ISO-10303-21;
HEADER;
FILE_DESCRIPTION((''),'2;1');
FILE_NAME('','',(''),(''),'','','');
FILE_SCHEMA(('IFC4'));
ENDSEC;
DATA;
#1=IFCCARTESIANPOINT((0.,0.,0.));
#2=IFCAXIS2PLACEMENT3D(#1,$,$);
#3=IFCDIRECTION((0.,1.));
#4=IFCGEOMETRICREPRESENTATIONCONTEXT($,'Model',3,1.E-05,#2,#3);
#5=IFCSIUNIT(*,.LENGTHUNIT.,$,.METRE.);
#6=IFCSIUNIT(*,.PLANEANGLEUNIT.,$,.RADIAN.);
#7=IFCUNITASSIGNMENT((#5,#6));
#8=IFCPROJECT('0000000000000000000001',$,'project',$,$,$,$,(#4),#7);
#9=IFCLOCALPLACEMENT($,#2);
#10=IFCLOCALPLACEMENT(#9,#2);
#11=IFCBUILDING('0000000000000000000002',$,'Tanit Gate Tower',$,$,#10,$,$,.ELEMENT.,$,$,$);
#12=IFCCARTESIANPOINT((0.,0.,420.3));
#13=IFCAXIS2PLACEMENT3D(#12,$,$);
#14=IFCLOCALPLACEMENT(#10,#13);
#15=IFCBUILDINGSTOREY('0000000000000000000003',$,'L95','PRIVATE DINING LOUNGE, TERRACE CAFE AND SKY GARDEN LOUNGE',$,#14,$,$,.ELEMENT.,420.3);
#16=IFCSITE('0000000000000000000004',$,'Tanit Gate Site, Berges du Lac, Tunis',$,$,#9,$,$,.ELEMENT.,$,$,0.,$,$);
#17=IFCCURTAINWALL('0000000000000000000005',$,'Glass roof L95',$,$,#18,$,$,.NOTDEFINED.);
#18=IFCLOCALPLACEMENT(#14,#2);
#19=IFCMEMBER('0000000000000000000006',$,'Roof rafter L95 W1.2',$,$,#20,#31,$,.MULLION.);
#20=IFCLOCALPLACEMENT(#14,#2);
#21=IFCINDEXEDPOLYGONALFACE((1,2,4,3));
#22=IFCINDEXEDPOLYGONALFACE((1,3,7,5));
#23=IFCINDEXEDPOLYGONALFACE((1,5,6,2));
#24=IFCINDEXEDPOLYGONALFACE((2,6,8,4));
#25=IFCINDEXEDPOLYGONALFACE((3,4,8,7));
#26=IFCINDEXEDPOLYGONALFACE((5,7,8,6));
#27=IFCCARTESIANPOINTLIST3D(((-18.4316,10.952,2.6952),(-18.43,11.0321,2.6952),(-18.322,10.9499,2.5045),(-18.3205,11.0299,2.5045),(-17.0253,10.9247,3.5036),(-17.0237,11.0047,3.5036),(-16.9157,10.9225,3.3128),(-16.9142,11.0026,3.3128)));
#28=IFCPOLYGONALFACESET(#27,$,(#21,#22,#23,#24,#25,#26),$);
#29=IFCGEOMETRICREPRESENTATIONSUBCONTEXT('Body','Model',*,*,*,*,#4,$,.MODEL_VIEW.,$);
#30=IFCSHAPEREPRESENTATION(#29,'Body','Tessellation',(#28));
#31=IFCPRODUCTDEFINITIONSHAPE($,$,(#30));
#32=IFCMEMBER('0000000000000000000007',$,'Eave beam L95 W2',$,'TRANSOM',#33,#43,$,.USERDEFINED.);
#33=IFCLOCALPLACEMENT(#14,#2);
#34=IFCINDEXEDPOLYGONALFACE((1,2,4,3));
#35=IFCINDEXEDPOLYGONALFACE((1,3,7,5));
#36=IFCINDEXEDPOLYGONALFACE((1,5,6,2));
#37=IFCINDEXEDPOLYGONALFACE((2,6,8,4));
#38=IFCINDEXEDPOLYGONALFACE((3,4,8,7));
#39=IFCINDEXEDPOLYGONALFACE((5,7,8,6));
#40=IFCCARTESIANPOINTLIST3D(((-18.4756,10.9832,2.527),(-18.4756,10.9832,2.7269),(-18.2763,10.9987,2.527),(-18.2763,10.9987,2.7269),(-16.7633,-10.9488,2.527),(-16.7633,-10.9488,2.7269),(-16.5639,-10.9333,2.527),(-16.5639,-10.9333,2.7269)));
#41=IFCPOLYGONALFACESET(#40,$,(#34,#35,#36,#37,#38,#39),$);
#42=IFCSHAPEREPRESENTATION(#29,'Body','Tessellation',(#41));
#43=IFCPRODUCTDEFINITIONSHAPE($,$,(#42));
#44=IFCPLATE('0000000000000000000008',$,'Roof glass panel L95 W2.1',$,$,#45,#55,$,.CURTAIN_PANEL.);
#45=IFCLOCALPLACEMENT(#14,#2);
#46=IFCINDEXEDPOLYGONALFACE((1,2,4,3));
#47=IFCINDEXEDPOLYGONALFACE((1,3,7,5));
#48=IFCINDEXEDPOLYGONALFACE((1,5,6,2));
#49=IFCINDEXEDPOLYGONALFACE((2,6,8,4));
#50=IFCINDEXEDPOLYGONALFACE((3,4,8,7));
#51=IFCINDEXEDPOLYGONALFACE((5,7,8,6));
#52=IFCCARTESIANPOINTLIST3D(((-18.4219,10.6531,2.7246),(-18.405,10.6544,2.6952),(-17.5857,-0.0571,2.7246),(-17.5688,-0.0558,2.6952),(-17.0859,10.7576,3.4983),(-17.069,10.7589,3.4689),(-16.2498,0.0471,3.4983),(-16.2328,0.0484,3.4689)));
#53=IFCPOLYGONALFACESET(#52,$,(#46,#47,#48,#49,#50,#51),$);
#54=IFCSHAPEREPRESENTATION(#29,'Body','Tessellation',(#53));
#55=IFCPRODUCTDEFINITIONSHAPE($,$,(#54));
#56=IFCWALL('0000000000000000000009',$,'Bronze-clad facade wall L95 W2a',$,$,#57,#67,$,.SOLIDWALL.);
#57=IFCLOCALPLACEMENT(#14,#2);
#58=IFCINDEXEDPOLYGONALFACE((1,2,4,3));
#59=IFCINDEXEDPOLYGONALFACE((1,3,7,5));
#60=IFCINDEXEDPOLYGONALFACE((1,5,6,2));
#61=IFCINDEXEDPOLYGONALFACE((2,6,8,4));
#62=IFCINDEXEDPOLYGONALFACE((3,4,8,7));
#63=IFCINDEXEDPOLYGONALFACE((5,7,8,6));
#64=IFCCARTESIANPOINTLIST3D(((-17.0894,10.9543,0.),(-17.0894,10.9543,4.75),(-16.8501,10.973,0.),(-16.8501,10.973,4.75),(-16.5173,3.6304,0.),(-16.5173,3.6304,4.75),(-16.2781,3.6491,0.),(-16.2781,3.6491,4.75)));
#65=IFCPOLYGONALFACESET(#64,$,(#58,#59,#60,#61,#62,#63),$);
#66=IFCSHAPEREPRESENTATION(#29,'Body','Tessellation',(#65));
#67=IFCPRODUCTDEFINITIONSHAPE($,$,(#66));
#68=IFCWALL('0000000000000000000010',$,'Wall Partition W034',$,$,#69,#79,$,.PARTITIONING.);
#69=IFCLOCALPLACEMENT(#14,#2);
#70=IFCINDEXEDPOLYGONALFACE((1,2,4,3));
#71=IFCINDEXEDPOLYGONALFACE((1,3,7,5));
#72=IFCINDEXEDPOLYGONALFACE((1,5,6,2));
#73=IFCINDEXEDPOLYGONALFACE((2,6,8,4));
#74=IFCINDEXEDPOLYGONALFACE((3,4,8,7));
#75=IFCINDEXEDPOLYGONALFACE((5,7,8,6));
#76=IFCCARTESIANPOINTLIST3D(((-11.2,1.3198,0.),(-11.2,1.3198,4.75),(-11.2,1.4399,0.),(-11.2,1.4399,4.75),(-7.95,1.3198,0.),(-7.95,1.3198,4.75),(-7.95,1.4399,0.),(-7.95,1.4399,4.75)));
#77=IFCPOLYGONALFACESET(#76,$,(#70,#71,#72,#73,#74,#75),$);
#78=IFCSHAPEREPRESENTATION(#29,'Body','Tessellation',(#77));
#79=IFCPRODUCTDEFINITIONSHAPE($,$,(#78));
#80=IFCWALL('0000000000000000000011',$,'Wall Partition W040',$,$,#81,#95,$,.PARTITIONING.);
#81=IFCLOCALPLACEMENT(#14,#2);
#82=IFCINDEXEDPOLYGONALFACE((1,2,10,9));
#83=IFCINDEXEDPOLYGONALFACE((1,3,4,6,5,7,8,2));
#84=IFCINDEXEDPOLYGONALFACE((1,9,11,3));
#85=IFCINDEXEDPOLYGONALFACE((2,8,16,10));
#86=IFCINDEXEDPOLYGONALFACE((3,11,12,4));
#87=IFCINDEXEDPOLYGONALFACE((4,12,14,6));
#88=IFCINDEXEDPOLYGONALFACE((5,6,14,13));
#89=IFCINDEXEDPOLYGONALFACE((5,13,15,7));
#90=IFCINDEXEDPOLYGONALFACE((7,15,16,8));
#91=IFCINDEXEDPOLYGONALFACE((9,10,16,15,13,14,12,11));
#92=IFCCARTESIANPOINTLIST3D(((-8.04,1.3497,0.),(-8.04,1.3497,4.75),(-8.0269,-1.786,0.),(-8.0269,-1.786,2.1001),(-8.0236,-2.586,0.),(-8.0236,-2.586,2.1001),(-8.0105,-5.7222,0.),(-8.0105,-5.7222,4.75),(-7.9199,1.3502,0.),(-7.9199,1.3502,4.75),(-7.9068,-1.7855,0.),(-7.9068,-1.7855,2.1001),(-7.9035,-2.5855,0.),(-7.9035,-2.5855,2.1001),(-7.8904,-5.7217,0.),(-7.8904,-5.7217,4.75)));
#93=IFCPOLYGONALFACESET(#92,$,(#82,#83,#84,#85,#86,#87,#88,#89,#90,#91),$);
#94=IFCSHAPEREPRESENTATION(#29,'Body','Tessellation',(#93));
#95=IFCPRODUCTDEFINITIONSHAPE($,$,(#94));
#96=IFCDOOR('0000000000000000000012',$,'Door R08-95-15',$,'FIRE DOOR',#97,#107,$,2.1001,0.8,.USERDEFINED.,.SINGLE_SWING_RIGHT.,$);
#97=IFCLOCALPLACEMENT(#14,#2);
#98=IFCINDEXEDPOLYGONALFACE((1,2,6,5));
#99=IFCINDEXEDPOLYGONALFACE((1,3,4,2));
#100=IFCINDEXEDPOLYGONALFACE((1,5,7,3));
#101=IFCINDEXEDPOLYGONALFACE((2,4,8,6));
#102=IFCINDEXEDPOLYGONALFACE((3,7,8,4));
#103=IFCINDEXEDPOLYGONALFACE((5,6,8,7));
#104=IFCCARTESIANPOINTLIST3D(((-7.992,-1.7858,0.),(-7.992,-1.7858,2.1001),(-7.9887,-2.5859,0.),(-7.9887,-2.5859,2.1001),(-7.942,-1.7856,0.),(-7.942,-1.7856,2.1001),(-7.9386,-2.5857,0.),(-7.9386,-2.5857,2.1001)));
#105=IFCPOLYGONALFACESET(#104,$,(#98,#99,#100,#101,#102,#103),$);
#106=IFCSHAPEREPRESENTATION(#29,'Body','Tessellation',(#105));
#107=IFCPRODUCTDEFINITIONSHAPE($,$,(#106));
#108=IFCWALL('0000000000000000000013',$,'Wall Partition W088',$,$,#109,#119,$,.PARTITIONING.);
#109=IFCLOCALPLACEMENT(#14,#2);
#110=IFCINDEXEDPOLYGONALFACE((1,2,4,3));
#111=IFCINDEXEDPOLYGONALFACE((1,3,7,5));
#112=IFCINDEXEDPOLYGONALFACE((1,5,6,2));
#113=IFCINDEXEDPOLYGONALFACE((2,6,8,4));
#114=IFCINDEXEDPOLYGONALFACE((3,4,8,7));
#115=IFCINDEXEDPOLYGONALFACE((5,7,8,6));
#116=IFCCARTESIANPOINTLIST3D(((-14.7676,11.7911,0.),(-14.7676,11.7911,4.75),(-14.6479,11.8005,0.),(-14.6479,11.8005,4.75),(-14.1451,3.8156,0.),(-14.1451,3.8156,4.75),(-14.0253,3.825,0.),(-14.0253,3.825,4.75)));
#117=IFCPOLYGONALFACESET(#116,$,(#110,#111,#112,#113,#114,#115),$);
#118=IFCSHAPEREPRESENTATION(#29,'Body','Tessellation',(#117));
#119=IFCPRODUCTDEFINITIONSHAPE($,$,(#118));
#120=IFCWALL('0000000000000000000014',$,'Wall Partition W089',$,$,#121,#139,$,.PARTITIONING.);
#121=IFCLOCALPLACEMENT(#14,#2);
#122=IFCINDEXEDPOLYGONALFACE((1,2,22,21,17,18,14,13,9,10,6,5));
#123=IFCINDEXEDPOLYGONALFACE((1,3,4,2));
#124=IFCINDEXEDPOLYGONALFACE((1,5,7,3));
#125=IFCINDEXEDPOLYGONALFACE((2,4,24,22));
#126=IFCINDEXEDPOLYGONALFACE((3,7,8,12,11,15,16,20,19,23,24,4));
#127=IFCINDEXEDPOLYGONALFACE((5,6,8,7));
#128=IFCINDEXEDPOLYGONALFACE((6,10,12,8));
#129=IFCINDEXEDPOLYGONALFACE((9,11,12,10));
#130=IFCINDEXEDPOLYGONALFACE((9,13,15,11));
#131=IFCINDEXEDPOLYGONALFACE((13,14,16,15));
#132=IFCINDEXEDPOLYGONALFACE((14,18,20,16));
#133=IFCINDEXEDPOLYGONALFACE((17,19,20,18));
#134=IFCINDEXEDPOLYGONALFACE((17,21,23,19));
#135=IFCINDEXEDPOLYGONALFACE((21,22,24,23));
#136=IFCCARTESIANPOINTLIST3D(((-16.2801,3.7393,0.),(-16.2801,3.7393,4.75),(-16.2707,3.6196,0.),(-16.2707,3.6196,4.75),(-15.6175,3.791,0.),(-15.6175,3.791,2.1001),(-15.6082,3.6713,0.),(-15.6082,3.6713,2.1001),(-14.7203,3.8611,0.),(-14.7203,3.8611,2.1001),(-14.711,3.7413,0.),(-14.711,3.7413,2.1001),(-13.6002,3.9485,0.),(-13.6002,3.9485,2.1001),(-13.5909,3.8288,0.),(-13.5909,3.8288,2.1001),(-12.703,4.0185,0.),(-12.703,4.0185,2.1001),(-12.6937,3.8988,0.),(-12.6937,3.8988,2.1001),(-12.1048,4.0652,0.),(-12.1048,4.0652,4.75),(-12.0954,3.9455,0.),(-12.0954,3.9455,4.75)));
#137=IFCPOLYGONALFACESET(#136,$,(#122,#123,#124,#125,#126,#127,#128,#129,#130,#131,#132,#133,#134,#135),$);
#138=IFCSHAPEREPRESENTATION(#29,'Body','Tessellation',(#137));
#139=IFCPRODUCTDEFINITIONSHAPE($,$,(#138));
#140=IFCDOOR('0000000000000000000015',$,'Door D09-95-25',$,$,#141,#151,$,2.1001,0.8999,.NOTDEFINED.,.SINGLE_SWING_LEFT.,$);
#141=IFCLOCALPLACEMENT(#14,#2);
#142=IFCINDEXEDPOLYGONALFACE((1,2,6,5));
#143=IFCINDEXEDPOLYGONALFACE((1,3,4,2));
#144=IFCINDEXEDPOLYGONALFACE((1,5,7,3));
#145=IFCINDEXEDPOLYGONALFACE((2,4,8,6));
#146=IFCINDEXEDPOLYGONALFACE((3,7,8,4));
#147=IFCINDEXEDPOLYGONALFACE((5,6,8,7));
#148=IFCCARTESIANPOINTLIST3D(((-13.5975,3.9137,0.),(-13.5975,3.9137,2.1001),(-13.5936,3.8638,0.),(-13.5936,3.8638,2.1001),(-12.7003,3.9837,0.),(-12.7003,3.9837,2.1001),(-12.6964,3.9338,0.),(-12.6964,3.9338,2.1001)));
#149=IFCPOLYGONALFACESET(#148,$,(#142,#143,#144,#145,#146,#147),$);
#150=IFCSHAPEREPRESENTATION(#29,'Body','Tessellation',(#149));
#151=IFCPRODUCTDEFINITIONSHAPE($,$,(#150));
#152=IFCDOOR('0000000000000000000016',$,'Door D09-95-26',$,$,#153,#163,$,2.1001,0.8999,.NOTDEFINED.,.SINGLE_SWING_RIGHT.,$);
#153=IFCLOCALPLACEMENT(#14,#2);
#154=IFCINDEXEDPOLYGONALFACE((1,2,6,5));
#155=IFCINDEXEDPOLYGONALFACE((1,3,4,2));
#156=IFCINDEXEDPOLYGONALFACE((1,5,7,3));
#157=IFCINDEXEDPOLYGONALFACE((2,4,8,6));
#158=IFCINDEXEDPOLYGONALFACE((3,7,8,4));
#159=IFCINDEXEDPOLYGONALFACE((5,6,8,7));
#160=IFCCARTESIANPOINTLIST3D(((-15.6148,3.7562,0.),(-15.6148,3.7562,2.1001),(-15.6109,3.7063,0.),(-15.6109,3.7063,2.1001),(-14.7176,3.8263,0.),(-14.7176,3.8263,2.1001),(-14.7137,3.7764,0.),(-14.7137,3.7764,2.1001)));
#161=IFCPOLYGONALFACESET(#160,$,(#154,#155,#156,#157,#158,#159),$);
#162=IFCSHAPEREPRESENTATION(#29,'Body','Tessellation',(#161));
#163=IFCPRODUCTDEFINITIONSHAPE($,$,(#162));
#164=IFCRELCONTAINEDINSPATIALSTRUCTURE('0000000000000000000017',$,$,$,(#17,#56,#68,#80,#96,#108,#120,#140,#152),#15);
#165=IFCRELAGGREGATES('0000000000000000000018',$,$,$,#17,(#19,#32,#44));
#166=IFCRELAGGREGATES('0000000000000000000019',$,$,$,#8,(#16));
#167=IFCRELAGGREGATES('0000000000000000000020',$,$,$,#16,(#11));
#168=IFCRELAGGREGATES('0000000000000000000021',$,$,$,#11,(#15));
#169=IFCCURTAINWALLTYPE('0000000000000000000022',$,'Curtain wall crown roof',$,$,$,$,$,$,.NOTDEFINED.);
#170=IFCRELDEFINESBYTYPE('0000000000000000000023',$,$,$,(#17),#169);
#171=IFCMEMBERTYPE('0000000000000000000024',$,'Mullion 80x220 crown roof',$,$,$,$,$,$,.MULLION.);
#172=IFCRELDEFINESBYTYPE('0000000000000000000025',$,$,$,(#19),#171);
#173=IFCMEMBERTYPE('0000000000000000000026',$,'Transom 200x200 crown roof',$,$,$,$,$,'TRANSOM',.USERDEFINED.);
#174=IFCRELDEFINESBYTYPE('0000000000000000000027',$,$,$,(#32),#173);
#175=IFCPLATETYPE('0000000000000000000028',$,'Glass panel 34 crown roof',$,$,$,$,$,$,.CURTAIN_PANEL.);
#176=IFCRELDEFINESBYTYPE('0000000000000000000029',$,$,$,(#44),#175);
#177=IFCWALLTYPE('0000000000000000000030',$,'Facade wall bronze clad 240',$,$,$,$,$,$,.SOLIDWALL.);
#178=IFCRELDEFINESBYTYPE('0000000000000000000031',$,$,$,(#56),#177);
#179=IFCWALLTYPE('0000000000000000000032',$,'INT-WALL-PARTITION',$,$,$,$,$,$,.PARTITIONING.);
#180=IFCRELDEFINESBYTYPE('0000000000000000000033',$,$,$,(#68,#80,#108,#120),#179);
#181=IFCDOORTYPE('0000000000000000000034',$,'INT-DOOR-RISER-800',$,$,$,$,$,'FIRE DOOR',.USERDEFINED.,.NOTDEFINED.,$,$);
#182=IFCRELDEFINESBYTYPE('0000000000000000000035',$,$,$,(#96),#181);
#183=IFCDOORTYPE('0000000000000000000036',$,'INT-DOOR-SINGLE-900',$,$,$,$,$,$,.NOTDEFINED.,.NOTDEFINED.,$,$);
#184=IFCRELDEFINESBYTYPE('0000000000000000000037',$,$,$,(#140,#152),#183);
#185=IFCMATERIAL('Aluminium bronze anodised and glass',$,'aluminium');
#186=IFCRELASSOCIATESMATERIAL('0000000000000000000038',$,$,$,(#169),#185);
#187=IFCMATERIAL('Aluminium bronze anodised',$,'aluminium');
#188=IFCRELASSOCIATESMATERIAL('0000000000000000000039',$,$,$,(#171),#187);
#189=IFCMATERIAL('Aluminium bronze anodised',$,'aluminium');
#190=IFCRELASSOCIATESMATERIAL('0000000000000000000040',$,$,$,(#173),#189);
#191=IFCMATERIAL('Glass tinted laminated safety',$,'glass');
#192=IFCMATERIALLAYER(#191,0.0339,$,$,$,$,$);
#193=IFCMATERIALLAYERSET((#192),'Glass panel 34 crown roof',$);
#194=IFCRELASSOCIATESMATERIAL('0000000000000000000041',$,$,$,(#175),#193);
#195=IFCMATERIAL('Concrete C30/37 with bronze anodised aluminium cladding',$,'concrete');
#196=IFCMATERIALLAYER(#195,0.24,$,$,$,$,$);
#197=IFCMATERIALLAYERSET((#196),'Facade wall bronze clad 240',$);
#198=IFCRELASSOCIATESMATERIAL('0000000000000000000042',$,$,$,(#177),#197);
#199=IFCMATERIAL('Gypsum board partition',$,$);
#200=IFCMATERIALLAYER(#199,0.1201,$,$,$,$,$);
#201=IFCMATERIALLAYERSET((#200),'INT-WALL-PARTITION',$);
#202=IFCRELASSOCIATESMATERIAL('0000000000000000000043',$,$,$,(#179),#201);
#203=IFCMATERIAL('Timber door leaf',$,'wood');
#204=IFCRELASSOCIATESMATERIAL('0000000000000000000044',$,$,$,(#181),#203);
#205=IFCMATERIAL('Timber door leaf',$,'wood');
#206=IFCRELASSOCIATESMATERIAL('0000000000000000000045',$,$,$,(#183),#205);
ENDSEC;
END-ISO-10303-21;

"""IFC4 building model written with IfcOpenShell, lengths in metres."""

from ifc_helpers import new_model, si_unit, direction, frame, frame_2d, origin, origin_2d, place, context, subcontext, project, spatial, polyline, rectangle, outline, extrude, material, layer, layer_set, material_profile, profile_set, type_object, element, fill, aggregate, save


model = new_model("IFC4")

# Units and contexts
model_context = context("Model", 3, precision=1e-05, world=origin(), true_north=direction((0.0, 1.0)))
body_context = subcontext(model_context, "Body", "Model", "MODEL_VIEW")
ifc_project = project(units=[si_unit("LENGTHUNIT", "METRE"), si_unit("PLANEANGLEUNIT", "RADIAN")], contexts=[model_context])

# Site, building, storey
site_placement = place(None, origin())
site = spatial("IfcSite", under=ifc_project, at=site_placement, Name="Tanit Gate Site, Berges du Lac, Tunis", CompositionType="ELEMENT", RefElevation=0.0)
building_placement = place(site_placement, origin())
building = spatial("IfcBuilding", under=site, at=building_placement, Name="Tanit Gate Tower", CompositionType="ELEMENT")
storey_placement = place(building_placement, frame((0.0, 0.0, 420.3)))
storey = spatial("IfcBuildingStorey", under=building, at=storey_placement, Name="L95", Description="PRIVATE DINING LOUNGE, TERRACE CAFE AND SKY GARDEN LOUNGE", CompositionType="ELEMENT", Elevation=420.3)

# Curtain wall, members, plate
ifc_material_1 = material(Name="Aluminium bronze anodised and glass", Category="aluminium")
curtain_wall_type = type_object("IfcCurtainWallType", Name="Curtain wall crown roof", PredefinedType="NOTDEFINED", material=ifc_material_1)
curtain_wall_placement = place(storey_placement, origin())
curtain_wall = element("IfcCurtainWall", 1, at=curtain_wall_placement, inside=storey, type_object=curtain_wall_type, Name="Glass roof L95", PredefinedType="NOTDEFINED")
ifc_material_2 = material(Name="Aluminium bronze anodised", Category="aluminium")
ifc_material_profile_1 = material_profile(ifc_material_2, rectangle(XDim=0.0801, YDim=0.22, at=origin_2d()), Name="80x220 bronze rafter")
ifc_profile_set_1 = profile_set([ifc_material_profile_1], Name="Aluminium bronze anodised")
member_type_1 = type_object("IfcMemberType", Name="Mullion 80x220 crown roof", PredefinedType="MULLION", material=ifc_profile_set_1)
member_1_placement = place(storey_placement, frame((-16.9697, 10.9636, 3.4082), z_axis=(-0.866848, 0.016855, -0.498287), x_axis=(-0.019441, -0.999811, 0.0)))
member_1 = element("IfcMember", 2, at=member_1_placement, type_object=member_type_1, Name="Roof rafter L95 W1.2", PredefinedType="MULLION", context=body_context, shape_type="SweptSolid", body=[
    extrude(rectangle(XDim=0.0801, YDim=0.22, at=origin_2d()), origin(), (0.0, 0.0, 1.0), 1.6223),
])
ifc_material_3 = material(Name="Aluminium bronze anodised", Category="aluminium")
ifc_material_profile_2 = material_profile(ifc_material_3, rectangle(XDim=0.2, YDim=0.2, at=origin_2d()), Name="200x200 bronze transom")
ifc_profile_set_2 = profile_set([ifc_material_profile_2], Name="Aluminium bronze anodised")
member_type_2 = type_object("IfcMemberType", Name="Transom 200x200 crown roof", ElementType="TRANSOM", PredefinedType="USERDEFINED", material=ifc_profile_set_2)
member_2_placement = place(storey_placement, frame((-18.376, 10.991, 2.627), z_axis=(0.07784, -0.996966, 0.0), x_axis=(0.996966, 0.07784, 0.0)))
member_2 = element("IfcMember", 3, at=member_2_placement, type_object=member_type_2, Name="Eave beam L95 W2", ObjectType="TRANSOM", PredefinedType="USERDEFINED", context=body_context, shape_type="SweptSolid", body=[
    extrude(rectangle(XDim=0.2, YDim=0.2, at=origin_2d()), origin(), (0.0, 0.0, 1.0), 21.9988),
])
ifc_material_4 = material(Name="Glass tinted laminated safety", Category="glass")
ifc_layer_1 = layer(ifc_material_4, 0.0339)
ifc_layer_set_1 = layer_set([ifc_layer_1], Name="Glass panel 34 crown roof")
plate_type = type_object("IfcPlateType", Name="Glass panel 34 crown roof", PredefinedType="CURTAIN_PANEL", material=ifc_layer_set_1)
plate_placement = place(storey_placement, frame((-17.0859, 10.7576, 3.4983), z_axis=(-0.498496, -0.038919, 0.866018), x_axis=(0.077835, -0.996966, 0.0)))
plate = element("IfcPlate", 4, at=plate_placement, type_object=plate_type, Name="Roof glass panel L95 W2.1", PredefinedType="CURTAIN_PANEL", context=body_context, shape_type="SweptSolid", body=[
    extrude(outline(polyline([(0.0, 0.0), (10.743, 0.0), (10.743, -1.5473), (0.0002, -1.5473), (0.0, 0.0)])), origin(), (0.0, 0.0, -1.0), 0.0339),
])
aggregate(curtain_wall, [member_1, member_2, plate])

# Walls
ifc_material_5 = material(Name="Concrete C30/37 with bronze anodised aluminium cladding", Category="concrete")
ifc_layer_2 = layer(ifc_material_5, 0.24)
ifc_layer_set_2 = layer_set([ifc_layer_2], Name="Facade wall bronze clad 240")
wall_type_1 = type_object("IfcWallType", Name="Facade wall bronze clad 240", PredefinedType="SOLIDWALL", material=ifc_layer_set_2)
wall_1_placement = place(storey_placement, frame((-16.9697, 10.9636, 0.0), z_axis=(0.0, 0.0, 1.0), x_axis=(0.077865, -0.996964, 0.0)))
element("IfcWall", 5, at=wall_1_placement, inside=storey, type_object=wall_type_1, Name="Bronze-clad facade wall L95 W2a", PredefinedType="SOLIDWALL", context=body_context, shape_type="SweptSolid", body=[
    extrude(rectangle(XDim=7.3462, YDim=0.24, at=frame_2d((3.6731, 0.0))), origin(), (0.0, 0.0, 1.0), 4.75),
])
ifc_material_6 = material(Name="Gypsum board partition")
ifc_layer_3 = layer(ifc_material_6, 0.1201)
ifc_layer_set_3 = layer_set([ifc_layer_3], Name="INT-WALL-PARTITION")
wall_type_2 = type_object("IfcWallType", Name="INT-WALL-PARTITION", PredefinedType="PARTITIONING", material=ifc_layer_set_3)
wall_2_placement = place(storey_placement, frame((-11.2, 1.3799, 0.0), z_axis=(0.0, 0.0, 1.0), x_axis=(1.0, 0.0, 0.0)))
element("IfcWall", 6, at=wall_2_placement, inside=storey, type_object=wall_type_2, Name="Wall Partition W034", PredefinedType="PARTITIONING", context=body_context, shape_type="SweptSolid", body=[
    extrude(rectangle(XDim=3.25, YDim=0.1201, at=frame_2d((1.625, 0.0))), origin(), (0.0, 0.0, 1.0), 4.75),
])

# Wall, opening, door
wall_3_placement = place(storey_placement, frame((-7.98, 1.3501, 0.0), z_axis=(0.0, 0.0, 1.0), x_axis=(0.004177, -0.999991, 0.0)))
wall_3 = element("IfcWall", 7, at=wall_3_placement, inside=storey, type_object=wall_type_2, Name="Wall Partition W040", PredefinedType="PARTITIONING", context=body_context, shape_type="SweptSolid", body=[
    extrude(rectangle(XDim=7.072, YDim=0.1201, at=frame_2d((3.5361, 0.0))), origin(), (0.0, 0.0, 1.0), 4.75),
])
opening_1_placement = place(wall_3_placement, frame((3.136, 0.0, 0.0)))
opening_1 = element("IfcOpeningElement", 8, at=opening_1_placement, cuts=wall_3, PredefinedType="OPENING", context=body_context, shape_type="SweptSolid", body=[
    extrude(rectangle(XDim=0.8, YDim=2.1001, at=frame_2d((0.3999, 1.05))), frame((0.0, 0.0701, 0.0), z_axis=(0.0, -1.0, 0.0), x_axis=(1.0, 0.0, 0.0)), (0.0, 0.0, 1.0), 0.1401),
])
ifc_material_7 = material(Name="Timber door leaf", Category="wood")
door_type_1 = type_object("IfcDoorType", Name="INT-DOOR-RISER-800", ElementType="FIRE DOOR", OperationType="NOTDEFINED", PredefinedType="USERDEFINED", material=ifc_material_7)
door_1_placement = place(opening_1_placement, origin())
door_1 = element("IfcDoor", 9, at=door_1_placement, inside=storey, type_object=door_type_1, Name="Door R08-95-15", ObjectType="FIRE DOOR", OperationType="SINGLE_SWING_RIGHT", OverallHeight=2.1001, OverallWidth=0.8, PredefinedType="USERDEFINED", context=body_context, shape_type="SweptSolid", body=[
    extrude(rectangle(XDim=0.8, YDim=2.1001, at=frame_2d((0.3999, 1.05))), frame((0.0, 0.0249, 0.0), z_axis=(0.0, -1.0, 0.0), x_axis=(1.0, 0.0, 0.0)), (0.0, 0.0, 1.0), 0.05),
])
fill(opening_1, door_1)

# Wall
wall_4_placement = place(storey_placement, frame((-14.7078, 11.7959, 0.0), z_axis=(0.0, 0.0, 1.0), x_axis=(0.077821, -0.996967, 0.0)))
element("IfcWall", 10, at=wall_4_placement, inside=storey, type_object=wall_type_2, Name="Wall Partition W088", PredefinedType="PARTITIONING", context=body_context, shape_type="SweptSolid", body=[
    extrude(rectangle(XDim=7.9998, YDim=0.1201, at=frame_2d((4.0, 0.0))), origin(), (0.0, 0.0, 1.0), 4.75),
])

# Wall, openings, doors
wall_5_placement = place(storey_placement, frame((-12.1001, 4.0054, 0.0), z_axis=(0.0, 0.0, 1.0), x_axis=(-0.996967, -0.077824, 0.0)))
wall_5 = element("IfcWall", 11, at=wall_5_placement, inside=storey, type_object=wall_type_2, Name="Wall Partition W089", PredefinedType="PARTITIONING", context=body_context, shape_type="SweptSolid", body=[
    extrude(rectangle(XDim=4.188, YDim=0.1201, at=frame_2d((2.094, 0.0))), origin(), (0.0, 0.0, 1.0), 4.75),
])
opening_2_placement = place(wall_5_placement, frame((0.6001, 0.0, 0.0)))
opening_2 = element("IfcOpeningElement", 12, at=opening_2_placement, cuts=wall_5, PredefinedType="OPENING", context=body_context, shape_type="SweptSolid", body=[
    extrude(rectangle(XDim=0.8999, YDim=2.1001, at=frame_2d((0.45, 1.05))), frame((0.0, 0.0701, 0.0), z_axis=(0.0, -1.0, 0.0), x_axis=(1.0, 0.0, 0.0)), (0.0, 0.0, 1.0), 0.1401),
])
opening_3_placement = place(wall_5_placement, frame((2.6235, 0.0, 0.0)))
opening_3 = element("IfcOpeningElement", 13, at=opening_3_placement, cuts=wall_5, PredefinedType="OPENING", context=body_context, shape_type="SweptSolid", body=[
    extrude(rectangle(XDim=0.8999, YDim=2.1001, at=frame_2d((0.45, 1.05))), frame((0.0, 0.0701, 0.0), z_axis=(0.0, -1.0, 0.0), x_axis=(1.0, 0.0, 0.0)), (0.0, 0.0, 1.0), 0.1401),
])
ifc_material_8 = material(Name="Timber door leaf", Category="wood")
door_type_2 = type_object("IfcDoorType", Name="INT-DOOR-SINGLE-900", OperationType="NOTDEFINED", PredefinedType="NOTDEFINED", material=ifc_material_8)
door_2_placement = place(opening_2_placement, origin())
door_2 = element("IfcDoor", 14, at=door_2_placement, inside=storey, type_object=door_type_2, Name="Door D09-95-25", OperationType="SINGLE_SWING_LEFT", OverallHeight=2.1001, OverallWidth=0.8999, PredefinedType="NOTDEFINED", context=body_context, shape_type="SweptSolid", body=[
    extrude(rectangle(XDim=0.8999, YDim=2.1001, at=frame_2d((0.45, 1.05))), frame((0.0, 0.0249, 0.0), z_axis=(0.0, -1.0, 0.0), x_axis=(1.0, 0.0, 0.0)), (0.0, 0.0, 1.0), 0.05),
])
fill(opening_2, door_2)
door_3_placement = place(opening_3_placement, origin())
door_3 = element("IfcDoor", 15, at=door_3_placement, inside=storey, type_object=door_type_2, Name="Door D09-95-26", OperationType="SINGLE_SWING_RIGHT", OverallHeight=2.1001, OverallWidth=0.8999, PredefinedType="NOTDEFINED", context=body_context, shape_type="SweptSolid", body=[
    extrude(rectangle(XDim=0.8999, YDim=2.1001, at=frame_2d((0.45, 1.05))), frame((0.0, 0.0249, 0.0), z_axis=(0.0, -1.0, 0.0), x_axis=(1.0, 0.0, 0.0)), (0.0, 0.0, 1.0), 0.05),
])
fill(opening_3, door_3)

save(model, "model.ifc")
